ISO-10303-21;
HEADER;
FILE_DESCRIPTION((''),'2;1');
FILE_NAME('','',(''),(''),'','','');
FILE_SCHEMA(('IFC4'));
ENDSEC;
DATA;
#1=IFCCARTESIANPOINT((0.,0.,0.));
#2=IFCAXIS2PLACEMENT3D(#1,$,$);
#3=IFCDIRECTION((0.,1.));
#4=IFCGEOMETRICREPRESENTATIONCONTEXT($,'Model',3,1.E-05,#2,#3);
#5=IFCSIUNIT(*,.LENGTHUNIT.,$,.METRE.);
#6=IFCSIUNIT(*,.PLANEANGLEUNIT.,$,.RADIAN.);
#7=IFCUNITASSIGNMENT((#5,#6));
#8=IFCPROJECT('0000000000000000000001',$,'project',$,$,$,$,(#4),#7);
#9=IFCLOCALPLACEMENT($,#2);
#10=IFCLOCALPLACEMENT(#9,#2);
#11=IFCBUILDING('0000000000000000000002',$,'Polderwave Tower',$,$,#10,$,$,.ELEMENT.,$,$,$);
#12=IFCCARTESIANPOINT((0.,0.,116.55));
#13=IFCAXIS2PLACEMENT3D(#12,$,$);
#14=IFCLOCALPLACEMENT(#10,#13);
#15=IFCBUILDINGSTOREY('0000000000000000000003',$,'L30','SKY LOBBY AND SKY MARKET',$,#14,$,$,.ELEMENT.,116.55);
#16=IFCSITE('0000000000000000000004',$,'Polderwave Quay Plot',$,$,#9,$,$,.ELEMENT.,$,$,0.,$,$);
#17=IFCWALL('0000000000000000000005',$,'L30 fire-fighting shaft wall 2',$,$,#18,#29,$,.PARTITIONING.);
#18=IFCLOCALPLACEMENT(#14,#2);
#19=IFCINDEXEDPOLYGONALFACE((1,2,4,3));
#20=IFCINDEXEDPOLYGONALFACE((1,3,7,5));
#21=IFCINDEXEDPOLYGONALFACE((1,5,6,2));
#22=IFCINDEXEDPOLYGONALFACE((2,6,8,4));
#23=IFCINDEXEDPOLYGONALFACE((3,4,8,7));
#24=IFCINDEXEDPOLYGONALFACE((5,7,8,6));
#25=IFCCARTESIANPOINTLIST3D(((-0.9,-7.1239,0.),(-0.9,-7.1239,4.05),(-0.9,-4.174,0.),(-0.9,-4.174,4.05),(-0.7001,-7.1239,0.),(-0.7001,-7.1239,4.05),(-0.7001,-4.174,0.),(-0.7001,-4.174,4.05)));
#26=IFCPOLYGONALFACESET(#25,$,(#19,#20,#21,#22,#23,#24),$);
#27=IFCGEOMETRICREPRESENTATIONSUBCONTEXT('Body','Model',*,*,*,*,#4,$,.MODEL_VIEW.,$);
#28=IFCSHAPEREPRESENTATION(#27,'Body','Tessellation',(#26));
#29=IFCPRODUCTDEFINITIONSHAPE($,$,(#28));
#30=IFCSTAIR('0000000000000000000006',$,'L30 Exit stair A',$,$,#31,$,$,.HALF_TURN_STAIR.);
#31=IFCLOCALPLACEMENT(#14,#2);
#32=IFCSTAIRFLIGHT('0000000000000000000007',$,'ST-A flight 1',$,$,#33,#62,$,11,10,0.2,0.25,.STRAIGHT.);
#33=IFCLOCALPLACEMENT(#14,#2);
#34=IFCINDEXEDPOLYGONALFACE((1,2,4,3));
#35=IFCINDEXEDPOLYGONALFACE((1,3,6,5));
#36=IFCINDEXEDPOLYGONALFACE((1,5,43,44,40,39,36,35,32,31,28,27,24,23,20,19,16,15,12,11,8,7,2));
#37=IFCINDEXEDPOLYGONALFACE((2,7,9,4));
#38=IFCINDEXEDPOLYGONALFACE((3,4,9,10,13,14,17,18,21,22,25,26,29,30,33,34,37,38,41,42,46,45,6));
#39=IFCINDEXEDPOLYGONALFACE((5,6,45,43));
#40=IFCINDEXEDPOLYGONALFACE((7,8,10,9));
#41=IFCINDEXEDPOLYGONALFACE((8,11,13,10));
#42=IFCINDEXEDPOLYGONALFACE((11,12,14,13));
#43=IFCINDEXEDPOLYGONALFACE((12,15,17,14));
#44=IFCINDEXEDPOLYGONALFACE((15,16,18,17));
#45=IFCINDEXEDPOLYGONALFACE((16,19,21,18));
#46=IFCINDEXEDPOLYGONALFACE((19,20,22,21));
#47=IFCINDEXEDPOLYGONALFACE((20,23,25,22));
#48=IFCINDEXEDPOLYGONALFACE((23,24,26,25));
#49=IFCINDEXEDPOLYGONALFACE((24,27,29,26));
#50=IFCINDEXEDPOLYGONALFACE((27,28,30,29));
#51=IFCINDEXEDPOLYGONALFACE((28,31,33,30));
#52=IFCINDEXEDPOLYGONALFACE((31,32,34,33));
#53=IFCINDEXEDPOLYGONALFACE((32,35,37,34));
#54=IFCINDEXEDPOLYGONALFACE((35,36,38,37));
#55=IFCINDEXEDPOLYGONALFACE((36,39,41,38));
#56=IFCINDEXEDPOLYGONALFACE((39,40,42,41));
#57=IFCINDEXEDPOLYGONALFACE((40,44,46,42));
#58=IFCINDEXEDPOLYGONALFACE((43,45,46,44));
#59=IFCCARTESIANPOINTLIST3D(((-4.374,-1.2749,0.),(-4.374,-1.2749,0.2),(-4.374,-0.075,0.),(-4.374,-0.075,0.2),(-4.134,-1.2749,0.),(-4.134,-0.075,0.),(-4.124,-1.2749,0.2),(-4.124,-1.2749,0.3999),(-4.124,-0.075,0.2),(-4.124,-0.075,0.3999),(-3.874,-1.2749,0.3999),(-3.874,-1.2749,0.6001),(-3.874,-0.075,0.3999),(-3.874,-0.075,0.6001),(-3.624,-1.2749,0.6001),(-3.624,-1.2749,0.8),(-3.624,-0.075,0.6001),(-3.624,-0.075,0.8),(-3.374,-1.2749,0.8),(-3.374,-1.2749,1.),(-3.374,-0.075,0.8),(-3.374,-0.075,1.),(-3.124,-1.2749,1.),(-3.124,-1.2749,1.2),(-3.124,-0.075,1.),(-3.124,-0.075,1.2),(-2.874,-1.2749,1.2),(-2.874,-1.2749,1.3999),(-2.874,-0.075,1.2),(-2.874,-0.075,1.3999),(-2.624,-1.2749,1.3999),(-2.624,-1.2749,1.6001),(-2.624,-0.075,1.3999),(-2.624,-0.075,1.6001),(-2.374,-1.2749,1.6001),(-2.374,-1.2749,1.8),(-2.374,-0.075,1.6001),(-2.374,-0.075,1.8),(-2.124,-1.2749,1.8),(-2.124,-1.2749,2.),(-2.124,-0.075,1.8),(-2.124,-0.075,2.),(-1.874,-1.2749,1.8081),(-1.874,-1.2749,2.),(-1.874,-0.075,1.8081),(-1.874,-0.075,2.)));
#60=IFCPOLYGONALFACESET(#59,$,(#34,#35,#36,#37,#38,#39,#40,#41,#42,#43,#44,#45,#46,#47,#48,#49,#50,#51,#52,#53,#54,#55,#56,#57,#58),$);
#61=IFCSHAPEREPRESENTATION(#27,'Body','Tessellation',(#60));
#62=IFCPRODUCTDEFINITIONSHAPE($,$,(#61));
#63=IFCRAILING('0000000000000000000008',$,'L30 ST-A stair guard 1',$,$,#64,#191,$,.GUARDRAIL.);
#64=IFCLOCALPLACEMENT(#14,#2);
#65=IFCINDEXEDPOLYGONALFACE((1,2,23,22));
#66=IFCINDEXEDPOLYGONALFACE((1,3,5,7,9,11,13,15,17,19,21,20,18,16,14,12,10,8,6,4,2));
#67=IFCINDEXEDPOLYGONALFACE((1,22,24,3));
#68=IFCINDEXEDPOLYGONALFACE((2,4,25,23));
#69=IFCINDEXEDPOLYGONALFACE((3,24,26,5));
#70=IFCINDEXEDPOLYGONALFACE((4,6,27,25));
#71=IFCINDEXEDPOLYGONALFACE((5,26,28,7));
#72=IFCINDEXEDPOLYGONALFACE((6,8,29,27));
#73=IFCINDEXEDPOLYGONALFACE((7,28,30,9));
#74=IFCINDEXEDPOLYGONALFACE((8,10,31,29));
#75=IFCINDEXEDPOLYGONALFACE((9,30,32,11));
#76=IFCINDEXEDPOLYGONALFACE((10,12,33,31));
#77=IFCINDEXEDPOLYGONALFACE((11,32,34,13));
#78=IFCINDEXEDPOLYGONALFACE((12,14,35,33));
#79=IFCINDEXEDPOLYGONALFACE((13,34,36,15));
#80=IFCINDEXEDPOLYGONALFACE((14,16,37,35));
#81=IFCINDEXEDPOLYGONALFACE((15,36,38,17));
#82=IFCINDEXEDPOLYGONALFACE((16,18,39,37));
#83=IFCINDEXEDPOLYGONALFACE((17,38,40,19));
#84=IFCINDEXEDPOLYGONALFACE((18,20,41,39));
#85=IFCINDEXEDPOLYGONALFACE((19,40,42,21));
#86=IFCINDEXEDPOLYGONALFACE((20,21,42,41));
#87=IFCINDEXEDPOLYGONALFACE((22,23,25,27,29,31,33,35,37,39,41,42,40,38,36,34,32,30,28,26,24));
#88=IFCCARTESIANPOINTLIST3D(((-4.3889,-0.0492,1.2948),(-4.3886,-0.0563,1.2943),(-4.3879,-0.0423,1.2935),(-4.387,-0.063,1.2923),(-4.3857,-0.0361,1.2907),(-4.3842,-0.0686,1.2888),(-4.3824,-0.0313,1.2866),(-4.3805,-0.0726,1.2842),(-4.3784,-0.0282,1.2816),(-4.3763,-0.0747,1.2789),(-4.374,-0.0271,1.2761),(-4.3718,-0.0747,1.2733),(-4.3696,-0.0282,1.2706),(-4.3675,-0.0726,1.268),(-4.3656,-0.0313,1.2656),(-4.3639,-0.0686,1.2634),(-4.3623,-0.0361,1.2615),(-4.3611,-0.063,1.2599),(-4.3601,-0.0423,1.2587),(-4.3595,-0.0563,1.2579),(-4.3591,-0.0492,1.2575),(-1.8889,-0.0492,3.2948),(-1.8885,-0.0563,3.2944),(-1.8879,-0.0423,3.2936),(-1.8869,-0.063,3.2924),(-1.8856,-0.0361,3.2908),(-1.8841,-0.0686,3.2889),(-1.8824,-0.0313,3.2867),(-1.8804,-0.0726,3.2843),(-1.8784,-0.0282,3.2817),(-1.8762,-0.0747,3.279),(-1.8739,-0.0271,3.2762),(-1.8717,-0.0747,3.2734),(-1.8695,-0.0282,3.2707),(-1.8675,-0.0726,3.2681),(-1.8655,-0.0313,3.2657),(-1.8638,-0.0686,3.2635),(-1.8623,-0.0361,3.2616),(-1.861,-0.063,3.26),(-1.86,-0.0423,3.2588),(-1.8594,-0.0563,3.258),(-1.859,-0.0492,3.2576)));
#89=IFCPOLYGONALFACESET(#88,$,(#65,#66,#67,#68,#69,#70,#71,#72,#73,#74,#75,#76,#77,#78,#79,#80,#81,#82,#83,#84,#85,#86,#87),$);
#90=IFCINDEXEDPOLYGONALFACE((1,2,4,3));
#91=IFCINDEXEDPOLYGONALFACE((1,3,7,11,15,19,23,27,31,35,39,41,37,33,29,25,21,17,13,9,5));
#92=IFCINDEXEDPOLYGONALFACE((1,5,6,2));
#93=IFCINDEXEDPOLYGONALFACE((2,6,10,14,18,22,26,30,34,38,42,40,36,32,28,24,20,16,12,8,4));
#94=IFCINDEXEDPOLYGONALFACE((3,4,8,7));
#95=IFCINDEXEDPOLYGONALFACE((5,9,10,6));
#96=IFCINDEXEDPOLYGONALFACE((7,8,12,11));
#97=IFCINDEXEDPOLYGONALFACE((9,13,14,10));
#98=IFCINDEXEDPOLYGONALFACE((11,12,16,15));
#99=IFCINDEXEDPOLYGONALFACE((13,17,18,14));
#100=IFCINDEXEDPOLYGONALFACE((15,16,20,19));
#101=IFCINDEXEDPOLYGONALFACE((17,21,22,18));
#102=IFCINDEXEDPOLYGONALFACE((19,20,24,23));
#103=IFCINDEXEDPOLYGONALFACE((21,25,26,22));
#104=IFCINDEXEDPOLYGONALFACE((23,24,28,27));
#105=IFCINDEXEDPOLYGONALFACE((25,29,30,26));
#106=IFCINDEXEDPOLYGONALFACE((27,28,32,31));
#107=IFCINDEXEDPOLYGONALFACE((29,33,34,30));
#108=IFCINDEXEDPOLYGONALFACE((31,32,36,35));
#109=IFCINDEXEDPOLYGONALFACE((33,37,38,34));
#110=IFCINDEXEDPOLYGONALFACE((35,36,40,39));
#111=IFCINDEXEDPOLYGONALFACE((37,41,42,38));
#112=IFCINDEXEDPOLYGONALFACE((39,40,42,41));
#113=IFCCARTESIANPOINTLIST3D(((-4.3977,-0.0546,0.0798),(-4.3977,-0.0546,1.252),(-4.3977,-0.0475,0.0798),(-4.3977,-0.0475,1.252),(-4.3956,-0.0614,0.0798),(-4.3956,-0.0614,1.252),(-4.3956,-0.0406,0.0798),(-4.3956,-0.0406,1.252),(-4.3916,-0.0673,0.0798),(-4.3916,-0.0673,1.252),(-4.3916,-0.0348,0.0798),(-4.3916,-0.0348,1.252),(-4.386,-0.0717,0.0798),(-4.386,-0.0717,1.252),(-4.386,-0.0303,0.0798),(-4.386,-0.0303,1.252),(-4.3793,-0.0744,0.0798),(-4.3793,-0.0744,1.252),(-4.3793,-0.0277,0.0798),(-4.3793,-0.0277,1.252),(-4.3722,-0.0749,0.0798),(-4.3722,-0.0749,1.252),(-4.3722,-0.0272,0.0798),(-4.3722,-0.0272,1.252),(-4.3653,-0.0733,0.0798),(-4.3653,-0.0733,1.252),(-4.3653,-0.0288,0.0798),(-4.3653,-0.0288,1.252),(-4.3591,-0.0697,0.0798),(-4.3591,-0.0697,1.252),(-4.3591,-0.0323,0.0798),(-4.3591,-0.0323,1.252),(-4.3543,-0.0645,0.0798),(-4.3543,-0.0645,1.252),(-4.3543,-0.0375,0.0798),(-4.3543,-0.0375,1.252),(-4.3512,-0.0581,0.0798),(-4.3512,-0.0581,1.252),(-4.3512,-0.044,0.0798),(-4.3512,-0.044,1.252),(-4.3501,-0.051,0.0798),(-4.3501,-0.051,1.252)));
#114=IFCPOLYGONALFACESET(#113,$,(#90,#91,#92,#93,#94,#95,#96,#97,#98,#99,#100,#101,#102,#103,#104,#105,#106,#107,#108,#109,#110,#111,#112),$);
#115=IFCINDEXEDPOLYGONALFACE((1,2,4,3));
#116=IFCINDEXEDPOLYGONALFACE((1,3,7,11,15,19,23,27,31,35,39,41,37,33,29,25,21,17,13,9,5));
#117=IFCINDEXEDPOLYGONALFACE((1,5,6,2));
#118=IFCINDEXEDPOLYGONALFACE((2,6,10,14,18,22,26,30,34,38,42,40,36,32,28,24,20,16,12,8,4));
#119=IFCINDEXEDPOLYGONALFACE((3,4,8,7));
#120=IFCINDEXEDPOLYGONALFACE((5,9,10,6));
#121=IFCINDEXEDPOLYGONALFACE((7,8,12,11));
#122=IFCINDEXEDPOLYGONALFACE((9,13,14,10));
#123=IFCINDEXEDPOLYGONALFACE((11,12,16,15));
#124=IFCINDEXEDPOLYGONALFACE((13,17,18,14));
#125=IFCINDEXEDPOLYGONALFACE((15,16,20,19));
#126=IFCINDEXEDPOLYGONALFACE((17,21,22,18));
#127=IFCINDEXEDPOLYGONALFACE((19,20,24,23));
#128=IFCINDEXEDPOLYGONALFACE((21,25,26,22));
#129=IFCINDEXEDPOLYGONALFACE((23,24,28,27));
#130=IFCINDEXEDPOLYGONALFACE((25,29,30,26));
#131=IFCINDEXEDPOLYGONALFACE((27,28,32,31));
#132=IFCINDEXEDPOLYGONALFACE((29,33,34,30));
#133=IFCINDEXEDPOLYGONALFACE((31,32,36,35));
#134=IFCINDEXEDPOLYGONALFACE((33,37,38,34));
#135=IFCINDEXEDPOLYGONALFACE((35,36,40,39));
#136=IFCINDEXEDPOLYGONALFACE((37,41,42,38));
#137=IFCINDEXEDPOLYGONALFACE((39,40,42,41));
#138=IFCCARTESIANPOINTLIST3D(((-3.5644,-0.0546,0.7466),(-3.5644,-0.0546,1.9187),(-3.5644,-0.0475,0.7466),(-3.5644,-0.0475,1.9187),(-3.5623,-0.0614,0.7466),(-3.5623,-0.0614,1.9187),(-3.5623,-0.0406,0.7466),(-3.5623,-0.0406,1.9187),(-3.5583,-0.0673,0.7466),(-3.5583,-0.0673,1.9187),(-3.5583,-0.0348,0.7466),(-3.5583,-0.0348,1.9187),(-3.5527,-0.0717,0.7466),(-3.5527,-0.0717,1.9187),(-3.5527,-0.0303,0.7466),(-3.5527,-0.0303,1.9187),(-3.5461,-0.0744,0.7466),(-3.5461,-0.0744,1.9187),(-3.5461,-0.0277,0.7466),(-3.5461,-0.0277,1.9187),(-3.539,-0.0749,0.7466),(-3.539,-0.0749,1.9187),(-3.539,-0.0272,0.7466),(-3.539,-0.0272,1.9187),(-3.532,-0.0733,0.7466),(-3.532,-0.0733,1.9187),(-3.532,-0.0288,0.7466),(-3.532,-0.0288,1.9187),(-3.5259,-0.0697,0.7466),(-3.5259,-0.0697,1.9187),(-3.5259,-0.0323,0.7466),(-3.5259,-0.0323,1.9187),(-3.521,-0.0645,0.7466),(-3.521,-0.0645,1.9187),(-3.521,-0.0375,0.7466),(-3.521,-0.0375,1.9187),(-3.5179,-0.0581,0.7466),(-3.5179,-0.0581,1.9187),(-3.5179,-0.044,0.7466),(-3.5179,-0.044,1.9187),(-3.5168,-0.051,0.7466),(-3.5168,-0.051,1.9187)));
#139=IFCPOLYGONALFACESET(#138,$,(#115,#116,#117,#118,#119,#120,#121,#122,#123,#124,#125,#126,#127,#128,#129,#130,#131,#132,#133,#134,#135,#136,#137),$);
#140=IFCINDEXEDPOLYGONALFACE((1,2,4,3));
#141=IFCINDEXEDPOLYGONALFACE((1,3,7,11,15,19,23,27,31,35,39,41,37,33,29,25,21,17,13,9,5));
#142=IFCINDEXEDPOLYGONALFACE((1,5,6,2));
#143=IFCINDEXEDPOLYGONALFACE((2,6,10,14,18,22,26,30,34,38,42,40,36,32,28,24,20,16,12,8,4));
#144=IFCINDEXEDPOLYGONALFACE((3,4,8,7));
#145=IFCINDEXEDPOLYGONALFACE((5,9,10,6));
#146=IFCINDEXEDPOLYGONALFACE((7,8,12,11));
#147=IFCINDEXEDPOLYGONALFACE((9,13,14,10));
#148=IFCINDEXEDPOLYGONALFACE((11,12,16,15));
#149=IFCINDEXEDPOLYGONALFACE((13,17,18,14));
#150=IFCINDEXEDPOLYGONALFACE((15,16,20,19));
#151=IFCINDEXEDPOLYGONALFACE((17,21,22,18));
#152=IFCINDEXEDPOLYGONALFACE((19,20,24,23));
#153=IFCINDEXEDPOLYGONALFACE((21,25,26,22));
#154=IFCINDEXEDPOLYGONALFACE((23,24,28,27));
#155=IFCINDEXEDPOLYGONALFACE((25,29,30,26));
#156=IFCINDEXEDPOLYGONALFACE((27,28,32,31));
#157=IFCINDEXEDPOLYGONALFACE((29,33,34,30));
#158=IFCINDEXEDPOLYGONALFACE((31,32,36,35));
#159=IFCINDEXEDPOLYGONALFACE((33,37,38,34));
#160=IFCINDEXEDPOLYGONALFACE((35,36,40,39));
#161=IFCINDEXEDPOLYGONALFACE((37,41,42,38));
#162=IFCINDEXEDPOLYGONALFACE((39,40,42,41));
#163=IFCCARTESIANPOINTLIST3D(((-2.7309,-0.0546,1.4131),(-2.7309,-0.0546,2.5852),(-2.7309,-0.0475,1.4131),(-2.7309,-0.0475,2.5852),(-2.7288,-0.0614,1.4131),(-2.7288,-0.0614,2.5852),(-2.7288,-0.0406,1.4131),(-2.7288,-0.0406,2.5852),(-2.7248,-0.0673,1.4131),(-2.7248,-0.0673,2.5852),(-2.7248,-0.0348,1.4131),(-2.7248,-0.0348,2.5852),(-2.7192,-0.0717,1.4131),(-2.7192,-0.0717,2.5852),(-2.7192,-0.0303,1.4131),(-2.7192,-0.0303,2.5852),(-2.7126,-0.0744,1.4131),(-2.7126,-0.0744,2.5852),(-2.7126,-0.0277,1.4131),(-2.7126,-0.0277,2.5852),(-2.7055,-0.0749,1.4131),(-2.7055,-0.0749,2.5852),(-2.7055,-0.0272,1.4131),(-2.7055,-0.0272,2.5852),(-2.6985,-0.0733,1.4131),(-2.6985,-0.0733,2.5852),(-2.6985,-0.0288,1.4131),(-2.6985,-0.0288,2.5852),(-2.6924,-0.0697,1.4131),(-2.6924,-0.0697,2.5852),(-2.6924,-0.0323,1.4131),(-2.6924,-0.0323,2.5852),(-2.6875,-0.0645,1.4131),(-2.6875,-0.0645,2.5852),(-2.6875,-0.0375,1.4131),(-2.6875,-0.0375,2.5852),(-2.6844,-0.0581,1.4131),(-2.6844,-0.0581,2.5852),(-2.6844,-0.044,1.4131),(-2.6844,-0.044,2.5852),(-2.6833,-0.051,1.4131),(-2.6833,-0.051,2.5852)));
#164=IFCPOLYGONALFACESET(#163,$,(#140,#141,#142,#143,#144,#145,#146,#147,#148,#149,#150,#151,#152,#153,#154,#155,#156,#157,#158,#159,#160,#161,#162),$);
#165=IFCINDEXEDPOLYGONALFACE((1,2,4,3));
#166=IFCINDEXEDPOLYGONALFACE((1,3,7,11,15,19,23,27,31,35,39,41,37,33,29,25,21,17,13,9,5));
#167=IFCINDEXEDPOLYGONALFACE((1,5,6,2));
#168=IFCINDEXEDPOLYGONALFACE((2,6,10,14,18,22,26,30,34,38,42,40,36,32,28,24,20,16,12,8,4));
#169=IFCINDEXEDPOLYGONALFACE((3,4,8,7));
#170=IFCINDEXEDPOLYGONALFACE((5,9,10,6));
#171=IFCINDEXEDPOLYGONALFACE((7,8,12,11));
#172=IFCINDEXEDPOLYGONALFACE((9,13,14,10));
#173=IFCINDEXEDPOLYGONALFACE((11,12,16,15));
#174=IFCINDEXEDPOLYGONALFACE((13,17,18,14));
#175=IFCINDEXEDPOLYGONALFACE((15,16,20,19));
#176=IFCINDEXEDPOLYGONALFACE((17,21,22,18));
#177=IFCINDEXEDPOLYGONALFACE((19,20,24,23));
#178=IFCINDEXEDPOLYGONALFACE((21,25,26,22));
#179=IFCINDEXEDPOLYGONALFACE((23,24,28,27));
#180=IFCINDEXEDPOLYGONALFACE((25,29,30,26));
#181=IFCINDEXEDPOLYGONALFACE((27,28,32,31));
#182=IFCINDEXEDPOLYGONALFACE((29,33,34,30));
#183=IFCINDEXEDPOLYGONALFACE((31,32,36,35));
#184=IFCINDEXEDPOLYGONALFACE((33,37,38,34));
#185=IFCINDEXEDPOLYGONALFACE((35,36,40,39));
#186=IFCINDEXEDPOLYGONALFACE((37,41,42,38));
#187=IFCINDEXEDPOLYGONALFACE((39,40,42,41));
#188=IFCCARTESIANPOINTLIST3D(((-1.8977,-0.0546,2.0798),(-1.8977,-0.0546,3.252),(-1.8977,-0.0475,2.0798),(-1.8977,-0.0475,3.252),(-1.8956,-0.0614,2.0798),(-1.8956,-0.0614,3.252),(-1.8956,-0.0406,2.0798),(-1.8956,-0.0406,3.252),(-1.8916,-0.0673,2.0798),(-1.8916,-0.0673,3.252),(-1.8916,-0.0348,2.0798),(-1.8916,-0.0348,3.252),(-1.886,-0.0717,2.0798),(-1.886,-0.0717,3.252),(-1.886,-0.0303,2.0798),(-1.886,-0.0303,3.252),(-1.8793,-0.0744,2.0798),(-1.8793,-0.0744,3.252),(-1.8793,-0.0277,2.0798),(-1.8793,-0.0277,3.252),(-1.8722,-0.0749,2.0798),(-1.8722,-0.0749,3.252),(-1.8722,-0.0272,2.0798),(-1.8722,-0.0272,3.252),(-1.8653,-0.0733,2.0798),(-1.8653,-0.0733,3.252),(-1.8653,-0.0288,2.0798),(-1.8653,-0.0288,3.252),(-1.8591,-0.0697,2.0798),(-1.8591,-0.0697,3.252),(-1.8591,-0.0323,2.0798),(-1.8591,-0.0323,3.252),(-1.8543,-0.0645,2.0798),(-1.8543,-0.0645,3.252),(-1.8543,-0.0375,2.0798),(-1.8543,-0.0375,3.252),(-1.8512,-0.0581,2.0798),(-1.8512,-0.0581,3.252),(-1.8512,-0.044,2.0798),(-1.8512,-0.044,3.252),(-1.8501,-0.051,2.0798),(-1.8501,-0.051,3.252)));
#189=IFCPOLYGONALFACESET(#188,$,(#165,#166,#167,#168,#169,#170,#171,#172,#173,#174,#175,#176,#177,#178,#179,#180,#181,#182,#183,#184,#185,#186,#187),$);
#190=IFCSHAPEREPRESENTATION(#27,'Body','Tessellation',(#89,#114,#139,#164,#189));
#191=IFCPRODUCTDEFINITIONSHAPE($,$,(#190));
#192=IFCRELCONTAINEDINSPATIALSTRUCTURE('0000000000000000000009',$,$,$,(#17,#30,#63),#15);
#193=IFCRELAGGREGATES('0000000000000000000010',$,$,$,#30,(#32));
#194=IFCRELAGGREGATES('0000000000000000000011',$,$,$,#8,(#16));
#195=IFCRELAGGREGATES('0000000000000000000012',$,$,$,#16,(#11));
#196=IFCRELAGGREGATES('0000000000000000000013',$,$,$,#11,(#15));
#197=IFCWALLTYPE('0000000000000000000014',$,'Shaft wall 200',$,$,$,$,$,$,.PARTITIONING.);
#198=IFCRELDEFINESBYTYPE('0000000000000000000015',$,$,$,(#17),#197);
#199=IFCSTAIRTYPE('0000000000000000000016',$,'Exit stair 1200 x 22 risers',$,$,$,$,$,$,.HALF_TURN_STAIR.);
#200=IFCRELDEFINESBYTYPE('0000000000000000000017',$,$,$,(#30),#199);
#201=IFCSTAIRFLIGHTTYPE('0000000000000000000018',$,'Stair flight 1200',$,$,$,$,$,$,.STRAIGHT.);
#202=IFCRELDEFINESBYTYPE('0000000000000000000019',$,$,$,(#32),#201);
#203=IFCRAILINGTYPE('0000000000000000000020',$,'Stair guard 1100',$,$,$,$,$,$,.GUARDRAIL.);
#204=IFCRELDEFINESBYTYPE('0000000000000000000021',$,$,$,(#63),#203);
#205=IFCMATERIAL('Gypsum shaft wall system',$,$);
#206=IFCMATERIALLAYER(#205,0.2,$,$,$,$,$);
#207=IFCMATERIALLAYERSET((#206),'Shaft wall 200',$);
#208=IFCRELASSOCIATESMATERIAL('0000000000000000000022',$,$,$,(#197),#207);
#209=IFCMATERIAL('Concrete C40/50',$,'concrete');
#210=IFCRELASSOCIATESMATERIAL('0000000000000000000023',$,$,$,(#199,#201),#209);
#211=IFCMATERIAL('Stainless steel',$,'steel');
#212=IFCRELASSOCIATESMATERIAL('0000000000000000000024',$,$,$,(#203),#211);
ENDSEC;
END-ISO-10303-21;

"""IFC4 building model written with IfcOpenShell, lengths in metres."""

from ifc_helpers import new_model, si_unit, direction, frame, frame_2d, origin, origin_2d, place, context, subcontext, project, spatial, polyline, rectangle, circle, outline, extrude, material, layer, layer_set, type_object, element, aggregate, save


model = new_model("IFC4")

# Units and contexts
model_context = context("Model", 3, precision=1e-05, world=origin(), true_north=direction((0.0, 1.0)))
body_context = subcontext(model_context, "Body", "Model", "MODEL_VIEW")
ifc_project = project(units=[si_unit("LENGTHUNIT", "METRE"), si_unit("PLANEANGLEUNIT", "RADIAN")], contexts=[model_context])

# Site, building, storey
site_placement = place(None, origin())
site = spatial("IfcSite", under=ifc_project, at=site_placement, Name="Polderwave Quay Plot", CompositionType="ELEMENT", RefElevation=0.0)
building_placement = place(site_placement, origin())
building = spatial("IfcBuilding", under=site, at=building_placement, Name="Polderwave Tower", CompositionType="ELEMENT")
storey_placement = place(building_placement, frame((0.0, 0.0, 116.55)))
storey = spatial("IfcBuildingStorey", under=building, at=storey_placement, Name="L30", Description="SKY LOBBY AND SKY MARKET", CompositionType="ELEMENT", Elevation=116.55)

# Shared definitions
ifc_material_1 = material(Name="Stainless steel", Category="steel")

# Wall
ifc_material_2 = material(Name="Gypsum shaft wall system")
ifc_layer_1 = layer(ifc_material_2, 0.2)
ifc_layer_set_1 = layer_set([ifc_layer_1], Name="Shaft wall 200")
wall_type_1 = type_object("IfcWallType", Name="Shaft wall 200", PredefinedType="PARTITIONING", material=ifc_layer_set_1)
for number, where, z_axis, x_axis, name in (
    (1, (-0.8, -7.124, 0.0), (0.0, 0.0, 1.0), (0.0, 1.0, 0.0), "L30 fire-fighting shaft wall 2"),
):
    element("IfcWall", number, at=place(storey_placement, frame(where, z_axis=z_axis, x_axis=x_axis)), inside=storey, type_object=wall_type_1, Name=name, PredefinedType="PARTITIONING", context=body_context, shape_type="SweptSolid", body=[
        extrude(rectangle(XDim=2.95, YDim=0.2, at=frame_2d((1.4751, 0.0))), origin(), (0.0, 0.0, 1.0), 4.05),
    ])

# Stair, stair flight
ifc_material_3 = material(Name="Concrete C40/50", Category="concrete")
stair_type = type_object("IfcStairType", Name="Exit stair 1200 x 22 risers", PredefinedType="HALF_TURN_STAIR", material=ifc_material_3)
stair_placement = place(storey_placement, origin())
stair = element("IfcStair", 2, at=stair_placement, inside=storey, type_object=stair_type, Name="L30 Exit stair A", PredefinedType="HALF_TURN_STAIR")
stair_flight_type = type_object("IfcStairFlightType", Name="Stair flight 1200", PredefinedType="STRAIGHT", material=ifc_material_3)
stair_flight_placement = place(storey_placement, frame((-4.374, -0.675, 0.0), z_axis=(0.0, 0.0, 1.0), x_axis=(1.0, 0.0, 0.0)))
stair_flight = element("IfcStairFlight", 3, at=stair_flight_placement, type_object=stair_flight_type, Name="ST-A flight 1", NumberOfRisers=11, NumberOfTreads=10, PredefinedType="STRAIGHT", RiserHeight=0.2, TreadLength=0.25, context=body_context, shape_type="SweptSolid", body=[
    extrude(outline(polyline([(0.0, 0.0), (0.0, 0.2), (0.25, 0.2), (0.25, 0.3999), (0.5, 0.3999), (0.5, 0.6001), (0.75, 0.6001), (0.75, 0.8), (1.0, 0.8), (1.0, 1.0), (1.25, 1.0), (1.25, 1.2), (1.5, 1.2), (1.5, 1.3999), (1.75, 1.3999), (1.75, 1.6001), (2.0, 1.6001), (2.0, 1.8), (2.25, 1.8), (2.25, 2.0), (2.5, 2.0), (2.5, 2.2), (2.5, 1.8081), (0.24, 0.0), (0.0, 0.0)])), frame((0.0, 0.6001, 0.0), z_axis=(0.0, -1.0, 0.0), x_axis=(1.0, 0.0, 0.0)), (0.0, 0.0, 1.0), 1.2),
])
aggregate(stair, [stair_flight])

# Railing
railing_type_1 = type_object("IfcRailingType", Name="Stair guard 1100", PredefinedType="GUARDRAIL", material=ifc_material_1)
railing_1_placement = place(storey_placement, frame((-4.374, -0.051, 0.0798)))
element("IfcRailing", 4, at=railing_1_placement, inside=storey, type_object=railing_type_1, Name="L30 ST-A stair guard 1", PredefinedType="GUARDRAIL", context=body_context, shape_type="SweptSolid", body=[
    extrude(circle(Radius=0.0239, at=origin_2d()), frame((0.0, 0.0, 1.1963), z_axis=(0.780869, 0.0, 0.624695), x_axis=(0.0, 1.0, 0.0)), (0.0, 0.0, 1.0), 3.2017),
    extrude(circle(Radius=0.0239, at=origin_2d()), origin(), (0.0, 0.0, 1.0), 1.1721),
    extrude(circle(Radius=0.0239, at=origin_2d()), frame((0.8333, 0.0, 0.6667)), (0.0, 0.0, 1.0), 1.1721),
    extrude(circle(Radius=0.0239, at=origin_2d()), frame((1.6667, 0.0, 1.3333)), (0.0, 0.0, 1.0), 1.1721),
    extrude(circle(Radius=0.0239, at=origin_2d()), frame((2.5, 0.0, 2.0)), (0.0, 0.0, 1.0), 1.1721),
])

save(model, "model.ifc")
